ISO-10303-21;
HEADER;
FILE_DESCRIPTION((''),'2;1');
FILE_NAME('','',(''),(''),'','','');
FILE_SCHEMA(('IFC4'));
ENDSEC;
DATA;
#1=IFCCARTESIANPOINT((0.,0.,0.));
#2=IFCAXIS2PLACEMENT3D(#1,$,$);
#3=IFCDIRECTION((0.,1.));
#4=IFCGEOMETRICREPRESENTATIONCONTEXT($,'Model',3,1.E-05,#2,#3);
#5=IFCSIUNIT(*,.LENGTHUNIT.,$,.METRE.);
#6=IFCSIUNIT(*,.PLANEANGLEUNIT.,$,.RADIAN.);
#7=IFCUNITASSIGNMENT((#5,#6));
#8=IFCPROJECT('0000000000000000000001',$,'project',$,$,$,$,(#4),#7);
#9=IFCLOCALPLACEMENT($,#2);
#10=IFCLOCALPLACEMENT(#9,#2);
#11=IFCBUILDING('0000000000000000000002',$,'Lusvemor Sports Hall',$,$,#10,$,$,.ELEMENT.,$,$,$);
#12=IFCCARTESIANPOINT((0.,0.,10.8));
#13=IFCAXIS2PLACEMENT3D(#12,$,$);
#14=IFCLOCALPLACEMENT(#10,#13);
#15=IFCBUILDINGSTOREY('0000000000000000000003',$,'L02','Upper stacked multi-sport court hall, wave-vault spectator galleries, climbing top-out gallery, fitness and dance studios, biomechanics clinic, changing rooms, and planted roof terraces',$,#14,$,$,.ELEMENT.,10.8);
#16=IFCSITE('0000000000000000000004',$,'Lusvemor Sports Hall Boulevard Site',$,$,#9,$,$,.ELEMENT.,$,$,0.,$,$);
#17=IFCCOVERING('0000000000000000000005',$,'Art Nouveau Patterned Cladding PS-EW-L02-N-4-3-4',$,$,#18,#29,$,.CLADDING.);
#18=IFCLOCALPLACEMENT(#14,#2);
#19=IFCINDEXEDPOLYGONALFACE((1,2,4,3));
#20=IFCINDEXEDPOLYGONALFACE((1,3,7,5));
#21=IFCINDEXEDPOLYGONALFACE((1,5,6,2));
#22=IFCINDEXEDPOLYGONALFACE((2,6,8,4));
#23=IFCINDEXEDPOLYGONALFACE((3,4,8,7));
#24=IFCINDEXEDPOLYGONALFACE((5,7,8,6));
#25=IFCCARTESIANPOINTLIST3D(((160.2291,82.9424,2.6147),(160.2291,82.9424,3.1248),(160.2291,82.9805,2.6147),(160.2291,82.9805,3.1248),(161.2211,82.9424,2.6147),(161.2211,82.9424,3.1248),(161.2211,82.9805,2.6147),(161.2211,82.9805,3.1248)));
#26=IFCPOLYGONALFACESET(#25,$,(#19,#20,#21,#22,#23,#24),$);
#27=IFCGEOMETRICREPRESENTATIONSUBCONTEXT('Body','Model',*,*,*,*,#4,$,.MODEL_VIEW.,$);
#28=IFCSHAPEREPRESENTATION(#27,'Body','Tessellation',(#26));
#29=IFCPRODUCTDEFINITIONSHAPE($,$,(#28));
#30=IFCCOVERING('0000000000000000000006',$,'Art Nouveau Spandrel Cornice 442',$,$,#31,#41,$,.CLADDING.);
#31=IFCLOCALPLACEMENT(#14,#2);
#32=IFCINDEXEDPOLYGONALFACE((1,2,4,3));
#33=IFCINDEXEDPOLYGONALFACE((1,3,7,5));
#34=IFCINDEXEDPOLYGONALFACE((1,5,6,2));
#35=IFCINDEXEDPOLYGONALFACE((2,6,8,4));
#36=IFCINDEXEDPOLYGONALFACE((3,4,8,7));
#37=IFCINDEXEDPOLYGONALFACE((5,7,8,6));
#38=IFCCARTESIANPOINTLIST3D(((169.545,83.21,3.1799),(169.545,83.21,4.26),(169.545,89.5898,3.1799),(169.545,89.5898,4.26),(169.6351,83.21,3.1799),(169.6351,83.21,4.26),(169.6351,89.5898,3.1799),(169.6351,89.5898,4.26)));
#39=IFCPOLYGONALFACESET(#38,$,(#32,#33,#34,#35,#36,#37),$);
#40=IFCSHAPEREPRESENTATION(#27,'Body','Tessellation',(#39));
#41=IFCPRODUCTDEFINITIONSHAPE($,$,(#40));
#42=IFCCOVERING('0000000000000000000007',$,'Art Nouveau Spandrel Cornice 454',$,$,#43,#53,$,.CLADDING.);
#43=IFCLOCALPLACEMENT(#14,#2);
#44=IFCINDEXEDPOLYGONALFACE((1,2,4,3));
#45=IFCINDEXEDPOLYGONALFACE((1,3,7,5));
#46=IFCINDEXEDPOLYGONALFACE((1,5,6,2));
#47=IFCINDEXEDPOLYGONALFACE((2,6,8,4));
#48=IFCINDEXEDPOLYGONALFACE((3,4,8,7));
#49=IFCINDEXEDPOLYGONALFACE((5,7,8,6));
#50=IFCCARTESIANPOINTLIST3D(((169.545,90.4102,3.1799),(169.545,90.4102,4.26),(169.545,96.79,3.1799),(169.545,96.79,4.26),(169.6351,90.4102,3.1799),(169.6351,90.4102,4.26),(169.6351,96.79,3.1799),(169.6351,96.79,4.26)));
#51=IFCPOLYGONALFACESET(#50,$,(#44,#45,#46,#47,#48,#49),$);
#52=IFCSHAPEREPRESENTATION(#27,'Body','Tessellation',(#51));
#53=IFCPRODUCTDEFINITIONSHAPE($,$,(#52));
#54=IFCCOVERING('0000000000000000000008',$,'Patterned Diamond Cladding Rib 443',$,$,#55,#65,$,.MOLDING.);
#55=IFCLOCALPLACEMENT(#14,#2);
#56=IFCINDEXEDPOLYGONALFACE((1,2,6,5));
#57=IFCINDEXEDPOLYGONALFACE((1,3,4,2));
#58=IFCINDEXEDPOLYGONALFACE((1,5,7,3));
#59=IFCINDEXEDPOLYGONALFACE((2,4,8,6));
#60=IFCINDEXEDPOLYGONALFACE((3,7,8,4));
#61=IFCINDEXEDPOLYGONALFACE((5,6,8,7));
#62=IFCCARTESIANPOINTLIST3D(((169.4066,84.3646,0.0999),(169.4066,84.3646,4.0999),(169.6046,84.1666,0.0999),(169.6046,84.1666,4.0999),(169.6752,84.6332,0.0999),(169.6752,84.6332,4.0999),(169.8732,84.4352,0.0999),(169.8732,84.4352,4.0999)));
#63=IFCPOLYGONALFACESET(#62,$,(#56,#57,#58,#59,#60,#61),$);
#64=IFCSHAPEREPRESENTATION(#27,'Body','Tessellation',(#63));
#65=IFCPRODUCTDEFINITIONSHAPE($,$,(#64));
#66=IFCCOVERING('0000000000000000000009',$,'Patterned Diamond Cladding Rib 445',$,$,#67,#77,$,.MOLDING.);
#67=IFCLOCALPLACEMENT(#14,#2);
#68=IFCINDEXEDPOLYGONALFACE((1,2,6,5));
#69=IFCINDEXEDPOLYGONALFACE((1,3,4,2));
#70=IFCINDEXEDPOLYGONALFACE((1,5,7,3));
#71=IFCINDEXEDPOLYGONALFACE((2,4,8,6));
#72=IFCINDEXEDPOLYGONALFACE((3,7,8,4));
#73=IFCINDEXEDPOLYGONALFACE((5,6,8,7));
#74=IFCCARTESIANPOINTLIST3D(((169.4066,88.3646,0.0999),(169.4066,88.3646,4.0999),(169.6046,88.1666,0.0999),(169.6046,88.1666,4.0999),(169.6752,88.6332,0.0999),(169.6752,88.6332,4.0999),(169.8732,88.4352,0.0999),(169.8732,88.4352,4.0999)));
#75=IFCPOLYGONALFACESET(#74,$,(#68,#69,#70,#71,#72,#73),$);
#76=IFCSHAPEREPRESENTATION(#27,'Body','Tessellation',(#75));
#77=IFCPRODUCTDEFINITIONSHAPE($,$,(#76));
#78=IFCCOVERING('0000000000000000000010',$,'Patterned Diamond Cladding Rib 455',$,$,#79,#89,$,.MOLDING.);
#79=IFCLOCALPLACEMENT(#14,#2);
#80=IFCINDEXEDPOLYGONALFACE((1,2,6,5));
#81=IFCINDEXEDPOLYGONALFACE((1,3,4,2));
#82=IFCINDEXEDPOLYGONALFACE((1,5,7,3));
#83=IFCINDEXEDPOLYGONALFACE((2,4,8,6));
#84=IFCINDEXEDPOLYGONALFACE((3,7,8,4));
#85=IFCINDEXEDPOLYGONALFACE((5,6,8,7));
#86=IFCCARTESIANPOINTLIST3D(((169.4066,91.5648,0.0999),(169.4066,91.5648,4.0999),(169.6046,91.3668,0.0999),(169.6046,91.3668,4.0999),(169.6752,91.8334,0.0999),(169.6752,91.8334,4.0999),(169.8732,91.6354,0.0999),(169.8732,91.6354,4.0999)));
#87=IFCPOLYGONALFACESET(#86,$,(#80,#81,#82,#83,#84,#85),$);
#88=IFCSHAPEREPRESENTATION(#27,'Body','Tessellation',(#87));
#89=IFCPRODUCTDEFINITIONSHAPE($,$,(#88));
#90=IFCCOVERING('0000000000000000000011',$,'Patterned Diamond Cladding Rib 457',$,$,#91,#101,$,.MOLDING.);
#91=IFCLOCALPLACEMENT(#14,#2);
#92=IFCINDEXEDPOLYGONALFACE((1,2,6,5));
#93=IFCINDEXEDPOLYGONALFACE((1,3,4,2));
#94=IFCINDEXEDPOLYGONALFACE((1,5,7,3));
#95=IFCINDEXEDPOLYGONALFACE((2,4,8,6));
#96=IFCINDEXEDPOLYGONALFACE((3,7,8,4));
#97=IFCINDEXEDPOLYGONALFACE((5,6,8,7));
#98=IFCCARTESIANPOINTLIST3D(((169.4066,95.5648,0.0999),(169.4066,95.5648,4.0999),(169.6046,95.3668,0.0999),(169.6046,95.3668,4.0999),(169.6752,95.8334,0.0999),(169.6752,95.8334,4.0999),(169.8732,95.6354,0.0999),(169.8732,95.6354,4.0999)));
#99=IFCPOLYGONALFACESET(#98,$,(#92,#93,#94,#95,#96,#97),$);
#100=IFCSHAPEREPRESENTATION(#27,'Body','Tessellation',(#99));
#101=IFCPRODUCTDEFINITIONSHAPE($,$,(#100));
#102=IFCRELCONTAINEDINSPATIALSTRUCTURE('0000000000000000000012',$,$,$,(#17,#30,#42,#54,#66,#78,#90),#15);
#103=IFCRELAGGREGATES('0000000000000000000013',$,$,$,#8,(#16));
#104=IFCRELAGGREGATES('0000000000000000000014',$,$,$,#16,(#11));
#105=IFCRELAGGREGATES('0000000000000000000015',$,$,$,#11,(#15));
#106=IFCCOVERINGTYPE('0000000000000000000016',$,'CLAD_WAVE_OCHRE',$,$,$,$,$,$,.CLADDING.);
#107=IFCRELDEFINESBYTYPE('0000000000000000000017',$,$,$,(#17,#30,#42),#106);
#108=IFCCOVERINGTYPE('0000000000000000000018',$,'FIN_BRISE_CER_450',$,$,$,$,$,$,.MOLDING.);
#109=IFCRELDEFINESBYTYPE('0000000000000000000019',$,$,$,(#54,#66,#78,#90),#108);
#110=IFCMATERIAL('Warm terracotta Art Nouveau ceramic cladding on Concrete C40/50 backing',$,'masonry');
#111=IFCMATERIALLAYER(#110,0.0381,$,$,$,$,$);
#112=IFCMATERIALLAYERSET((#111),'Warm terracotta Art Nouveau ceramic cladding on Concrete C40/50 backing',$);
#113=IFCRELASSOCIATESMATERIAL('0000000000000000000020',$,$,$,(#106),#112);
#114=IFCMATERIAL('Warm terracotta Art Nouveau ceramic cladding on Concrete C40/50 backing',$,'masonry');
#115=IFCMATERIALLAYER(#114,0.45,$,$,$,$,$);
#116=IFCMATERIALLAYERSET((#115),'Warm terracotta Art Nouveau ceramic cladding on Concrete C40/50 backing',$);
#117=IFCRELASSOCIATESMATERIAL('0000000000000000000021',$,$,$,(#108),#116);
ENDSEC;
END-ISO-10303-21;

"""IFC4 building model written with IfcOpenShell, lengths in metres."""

from ifc_helpers import new_model, si_unit, direction, frame, origin, origin_2d, place, context, subcontext, project, spatial, rectangle, extrude, material, layer, layer_set, type_object, element, save


model = new_model("IFC4")

# Units and contexts
model_context = context("Model", 3, precision=1e-05, world=origin(), true_north=direction((0.0, 1.0)))
body_context = subcontext(model_context, "Body", "Model", "MODEL_VIEW")
ifc_project = project(units=[si_unit("LENGTHUNIT", "METRE"), si_unit("PLANEANGLEUNIT", "RADIAN")], contexts=[model_context])

# Site, building, storey
site_placement = place(None, origin())
site = spatial("IfcSite", under=ifc_project, at=site_placement, Name="Lusvemor Sports Hall Boulevard Site", CompositionType="ELEMENT", RefElevation=0.0)
building_placement = place(site_placement, origin())
building = spatial("IfcBuilding", under=site, at=building_placement, Name="Lusvemor Sports Hall", CompositionType="ELEMENT")
storey_placement = place(building_placement, frame((0.0, 0.0, 10.8)))
storey = spatial("IfcBuildingStorey", under=building, at=storey_placement, Name="L02", Description="Upper stacked multi-sport court hall, wave-vault spectator galleries, climbing top-out gallery, fitness and dance studios, biomechanics clinic, changing rooms, and planted roof terraces", CompositionType="ELEMENT", Elevation=10.8)

# Coverings
ifc_material_1 = material(Name="Warm terracotta Art Nouveau ceramic cladding on Concrete C40/50 backing", Category="masonry")
ifc_layer_1 = layer(ifc_material_1, 0.0381)
ifc_layer_set_1 = layer_set([ifc_layer_1], Name="Warm terracotta Art Nouveau ceramic cladding on Concrete C40/50 backing")
covering_type_1 = type_object("IfcCoveringType", Name="CLAD_WAVE_OCHRE", PredefinedType="CLADDING", material=ifc_layer_set_1)
for number, where, z_axis, x_axis, name in (
    (1, (160.7251, 82.9614, 2.6147), (0.0, 0.0, 1.0), (1.0, 0.0, 0.0), "Art Nouveau Patterned Cladding PS-EW-L02-N-4-3-4"),
):
    element("IfcCovering", number, at=place(storey_placement, frame(where, z_axis=z_axis, x_axis=x_axis)), inside=storey, type_object=covering_type_1, Name=name, PredefinedType="CLADDING", context=body_context, shape_type="SweptSolid", body=[
        extrude(rectangle(XDim=0.9919, YDim=0.0381, at=origin_2d()), origin(), (0.0, 0.0, 1.0), 0.51),
    ])
for number, where, z_axis, x_axis, name in (
    (2, (169.5901, 86.3999, 3.1799), (0.0, 0.0, 1.0), (1.0, 0.0, 0.0), "Art Nouveau Spandrel Cornice 442"),
    (3, (169.5901, 93.6001, 3.1799), (0.0, 0.0, 1.0), (1.0, 0.0, 0.0), "Art Nouveau Spandrel Cornice 454"),
):
    element("IfcCovering", number, at=place(storey_placement, frame(where, z_axis=z_axis, x_axis=x_axis)), inside=storey, type_object=covering_type_1, Name=name, PredefinedType="CLADDING", context=body_context, shape_type="SweptSolid", body=[
        extrude(rectangle(XDim=0.0901, YDim=6.3799, at=origin_2d()), origin(), (0.0, 0.0, 1.0), 1.0801),
    ])
ifc_material_2 = material(Name="Warm terracotta Art Nouveau ceramic cladding on Concrete C40/50 backing", Category="masonry")
ifc_layer_2 = layer(ifc_material_2, 0.45)
ifc_layer_set_2 = layer_set([ifc_layer_2], Name="Warm terracotta Art Nouveau ceramic cladding on Concrete C40/50 backing")
covering_type_2 = type_object("IfcCoveringType", Name="FIN_BRISE_CER_450", PredefinedType="MOLDING", material=ifc_layer_set_2)
for number, where, z_axis, x_axis, name in (
    (4, (169.6399, 84.3999, 0.0999), (0.0, 0.0, 1.0), (0.707107, 0.707107, 0.0), "Patterned Diamond Cladding Rib 443"),
    (5, (169.6399, 88.3999, 0.0999), (0.0, 0.0, 1.0), (0.707107, 0.707107, 0.0), "Patterned Diamond Cladding Rib 445"),
    (6, (169.6399, 91.6001, 0.0999), (0.0, 0.0, 1.0), (0.707107, 0.707107, 0.0), "Patterned Diamond Cladding Rib 455"),
    (7, (169.6399, 95.6001, 0.0999), (0.0, 0.0, 1.0), (0.707107, 0.707107, 0.0), "Patterned Diamond Cladding Rib 457"),
):
    element("IfcCovering", number, at=place(storey_placement, frame(where, z_axis=z_axis, x_axis=x_axis)), inside=storey, type_object=covering_type_2, Name=name, PredefinedType="MOLDING", context=body_context, shape_type="SweptSolid", body=[
        extrude(rectangle(XDim=0.3799, YDim=0.28, at=origin_2d()), origin(), (0.0, 0.0, 1.0), 4.0),
    ])

save(model, "model.ifc")
